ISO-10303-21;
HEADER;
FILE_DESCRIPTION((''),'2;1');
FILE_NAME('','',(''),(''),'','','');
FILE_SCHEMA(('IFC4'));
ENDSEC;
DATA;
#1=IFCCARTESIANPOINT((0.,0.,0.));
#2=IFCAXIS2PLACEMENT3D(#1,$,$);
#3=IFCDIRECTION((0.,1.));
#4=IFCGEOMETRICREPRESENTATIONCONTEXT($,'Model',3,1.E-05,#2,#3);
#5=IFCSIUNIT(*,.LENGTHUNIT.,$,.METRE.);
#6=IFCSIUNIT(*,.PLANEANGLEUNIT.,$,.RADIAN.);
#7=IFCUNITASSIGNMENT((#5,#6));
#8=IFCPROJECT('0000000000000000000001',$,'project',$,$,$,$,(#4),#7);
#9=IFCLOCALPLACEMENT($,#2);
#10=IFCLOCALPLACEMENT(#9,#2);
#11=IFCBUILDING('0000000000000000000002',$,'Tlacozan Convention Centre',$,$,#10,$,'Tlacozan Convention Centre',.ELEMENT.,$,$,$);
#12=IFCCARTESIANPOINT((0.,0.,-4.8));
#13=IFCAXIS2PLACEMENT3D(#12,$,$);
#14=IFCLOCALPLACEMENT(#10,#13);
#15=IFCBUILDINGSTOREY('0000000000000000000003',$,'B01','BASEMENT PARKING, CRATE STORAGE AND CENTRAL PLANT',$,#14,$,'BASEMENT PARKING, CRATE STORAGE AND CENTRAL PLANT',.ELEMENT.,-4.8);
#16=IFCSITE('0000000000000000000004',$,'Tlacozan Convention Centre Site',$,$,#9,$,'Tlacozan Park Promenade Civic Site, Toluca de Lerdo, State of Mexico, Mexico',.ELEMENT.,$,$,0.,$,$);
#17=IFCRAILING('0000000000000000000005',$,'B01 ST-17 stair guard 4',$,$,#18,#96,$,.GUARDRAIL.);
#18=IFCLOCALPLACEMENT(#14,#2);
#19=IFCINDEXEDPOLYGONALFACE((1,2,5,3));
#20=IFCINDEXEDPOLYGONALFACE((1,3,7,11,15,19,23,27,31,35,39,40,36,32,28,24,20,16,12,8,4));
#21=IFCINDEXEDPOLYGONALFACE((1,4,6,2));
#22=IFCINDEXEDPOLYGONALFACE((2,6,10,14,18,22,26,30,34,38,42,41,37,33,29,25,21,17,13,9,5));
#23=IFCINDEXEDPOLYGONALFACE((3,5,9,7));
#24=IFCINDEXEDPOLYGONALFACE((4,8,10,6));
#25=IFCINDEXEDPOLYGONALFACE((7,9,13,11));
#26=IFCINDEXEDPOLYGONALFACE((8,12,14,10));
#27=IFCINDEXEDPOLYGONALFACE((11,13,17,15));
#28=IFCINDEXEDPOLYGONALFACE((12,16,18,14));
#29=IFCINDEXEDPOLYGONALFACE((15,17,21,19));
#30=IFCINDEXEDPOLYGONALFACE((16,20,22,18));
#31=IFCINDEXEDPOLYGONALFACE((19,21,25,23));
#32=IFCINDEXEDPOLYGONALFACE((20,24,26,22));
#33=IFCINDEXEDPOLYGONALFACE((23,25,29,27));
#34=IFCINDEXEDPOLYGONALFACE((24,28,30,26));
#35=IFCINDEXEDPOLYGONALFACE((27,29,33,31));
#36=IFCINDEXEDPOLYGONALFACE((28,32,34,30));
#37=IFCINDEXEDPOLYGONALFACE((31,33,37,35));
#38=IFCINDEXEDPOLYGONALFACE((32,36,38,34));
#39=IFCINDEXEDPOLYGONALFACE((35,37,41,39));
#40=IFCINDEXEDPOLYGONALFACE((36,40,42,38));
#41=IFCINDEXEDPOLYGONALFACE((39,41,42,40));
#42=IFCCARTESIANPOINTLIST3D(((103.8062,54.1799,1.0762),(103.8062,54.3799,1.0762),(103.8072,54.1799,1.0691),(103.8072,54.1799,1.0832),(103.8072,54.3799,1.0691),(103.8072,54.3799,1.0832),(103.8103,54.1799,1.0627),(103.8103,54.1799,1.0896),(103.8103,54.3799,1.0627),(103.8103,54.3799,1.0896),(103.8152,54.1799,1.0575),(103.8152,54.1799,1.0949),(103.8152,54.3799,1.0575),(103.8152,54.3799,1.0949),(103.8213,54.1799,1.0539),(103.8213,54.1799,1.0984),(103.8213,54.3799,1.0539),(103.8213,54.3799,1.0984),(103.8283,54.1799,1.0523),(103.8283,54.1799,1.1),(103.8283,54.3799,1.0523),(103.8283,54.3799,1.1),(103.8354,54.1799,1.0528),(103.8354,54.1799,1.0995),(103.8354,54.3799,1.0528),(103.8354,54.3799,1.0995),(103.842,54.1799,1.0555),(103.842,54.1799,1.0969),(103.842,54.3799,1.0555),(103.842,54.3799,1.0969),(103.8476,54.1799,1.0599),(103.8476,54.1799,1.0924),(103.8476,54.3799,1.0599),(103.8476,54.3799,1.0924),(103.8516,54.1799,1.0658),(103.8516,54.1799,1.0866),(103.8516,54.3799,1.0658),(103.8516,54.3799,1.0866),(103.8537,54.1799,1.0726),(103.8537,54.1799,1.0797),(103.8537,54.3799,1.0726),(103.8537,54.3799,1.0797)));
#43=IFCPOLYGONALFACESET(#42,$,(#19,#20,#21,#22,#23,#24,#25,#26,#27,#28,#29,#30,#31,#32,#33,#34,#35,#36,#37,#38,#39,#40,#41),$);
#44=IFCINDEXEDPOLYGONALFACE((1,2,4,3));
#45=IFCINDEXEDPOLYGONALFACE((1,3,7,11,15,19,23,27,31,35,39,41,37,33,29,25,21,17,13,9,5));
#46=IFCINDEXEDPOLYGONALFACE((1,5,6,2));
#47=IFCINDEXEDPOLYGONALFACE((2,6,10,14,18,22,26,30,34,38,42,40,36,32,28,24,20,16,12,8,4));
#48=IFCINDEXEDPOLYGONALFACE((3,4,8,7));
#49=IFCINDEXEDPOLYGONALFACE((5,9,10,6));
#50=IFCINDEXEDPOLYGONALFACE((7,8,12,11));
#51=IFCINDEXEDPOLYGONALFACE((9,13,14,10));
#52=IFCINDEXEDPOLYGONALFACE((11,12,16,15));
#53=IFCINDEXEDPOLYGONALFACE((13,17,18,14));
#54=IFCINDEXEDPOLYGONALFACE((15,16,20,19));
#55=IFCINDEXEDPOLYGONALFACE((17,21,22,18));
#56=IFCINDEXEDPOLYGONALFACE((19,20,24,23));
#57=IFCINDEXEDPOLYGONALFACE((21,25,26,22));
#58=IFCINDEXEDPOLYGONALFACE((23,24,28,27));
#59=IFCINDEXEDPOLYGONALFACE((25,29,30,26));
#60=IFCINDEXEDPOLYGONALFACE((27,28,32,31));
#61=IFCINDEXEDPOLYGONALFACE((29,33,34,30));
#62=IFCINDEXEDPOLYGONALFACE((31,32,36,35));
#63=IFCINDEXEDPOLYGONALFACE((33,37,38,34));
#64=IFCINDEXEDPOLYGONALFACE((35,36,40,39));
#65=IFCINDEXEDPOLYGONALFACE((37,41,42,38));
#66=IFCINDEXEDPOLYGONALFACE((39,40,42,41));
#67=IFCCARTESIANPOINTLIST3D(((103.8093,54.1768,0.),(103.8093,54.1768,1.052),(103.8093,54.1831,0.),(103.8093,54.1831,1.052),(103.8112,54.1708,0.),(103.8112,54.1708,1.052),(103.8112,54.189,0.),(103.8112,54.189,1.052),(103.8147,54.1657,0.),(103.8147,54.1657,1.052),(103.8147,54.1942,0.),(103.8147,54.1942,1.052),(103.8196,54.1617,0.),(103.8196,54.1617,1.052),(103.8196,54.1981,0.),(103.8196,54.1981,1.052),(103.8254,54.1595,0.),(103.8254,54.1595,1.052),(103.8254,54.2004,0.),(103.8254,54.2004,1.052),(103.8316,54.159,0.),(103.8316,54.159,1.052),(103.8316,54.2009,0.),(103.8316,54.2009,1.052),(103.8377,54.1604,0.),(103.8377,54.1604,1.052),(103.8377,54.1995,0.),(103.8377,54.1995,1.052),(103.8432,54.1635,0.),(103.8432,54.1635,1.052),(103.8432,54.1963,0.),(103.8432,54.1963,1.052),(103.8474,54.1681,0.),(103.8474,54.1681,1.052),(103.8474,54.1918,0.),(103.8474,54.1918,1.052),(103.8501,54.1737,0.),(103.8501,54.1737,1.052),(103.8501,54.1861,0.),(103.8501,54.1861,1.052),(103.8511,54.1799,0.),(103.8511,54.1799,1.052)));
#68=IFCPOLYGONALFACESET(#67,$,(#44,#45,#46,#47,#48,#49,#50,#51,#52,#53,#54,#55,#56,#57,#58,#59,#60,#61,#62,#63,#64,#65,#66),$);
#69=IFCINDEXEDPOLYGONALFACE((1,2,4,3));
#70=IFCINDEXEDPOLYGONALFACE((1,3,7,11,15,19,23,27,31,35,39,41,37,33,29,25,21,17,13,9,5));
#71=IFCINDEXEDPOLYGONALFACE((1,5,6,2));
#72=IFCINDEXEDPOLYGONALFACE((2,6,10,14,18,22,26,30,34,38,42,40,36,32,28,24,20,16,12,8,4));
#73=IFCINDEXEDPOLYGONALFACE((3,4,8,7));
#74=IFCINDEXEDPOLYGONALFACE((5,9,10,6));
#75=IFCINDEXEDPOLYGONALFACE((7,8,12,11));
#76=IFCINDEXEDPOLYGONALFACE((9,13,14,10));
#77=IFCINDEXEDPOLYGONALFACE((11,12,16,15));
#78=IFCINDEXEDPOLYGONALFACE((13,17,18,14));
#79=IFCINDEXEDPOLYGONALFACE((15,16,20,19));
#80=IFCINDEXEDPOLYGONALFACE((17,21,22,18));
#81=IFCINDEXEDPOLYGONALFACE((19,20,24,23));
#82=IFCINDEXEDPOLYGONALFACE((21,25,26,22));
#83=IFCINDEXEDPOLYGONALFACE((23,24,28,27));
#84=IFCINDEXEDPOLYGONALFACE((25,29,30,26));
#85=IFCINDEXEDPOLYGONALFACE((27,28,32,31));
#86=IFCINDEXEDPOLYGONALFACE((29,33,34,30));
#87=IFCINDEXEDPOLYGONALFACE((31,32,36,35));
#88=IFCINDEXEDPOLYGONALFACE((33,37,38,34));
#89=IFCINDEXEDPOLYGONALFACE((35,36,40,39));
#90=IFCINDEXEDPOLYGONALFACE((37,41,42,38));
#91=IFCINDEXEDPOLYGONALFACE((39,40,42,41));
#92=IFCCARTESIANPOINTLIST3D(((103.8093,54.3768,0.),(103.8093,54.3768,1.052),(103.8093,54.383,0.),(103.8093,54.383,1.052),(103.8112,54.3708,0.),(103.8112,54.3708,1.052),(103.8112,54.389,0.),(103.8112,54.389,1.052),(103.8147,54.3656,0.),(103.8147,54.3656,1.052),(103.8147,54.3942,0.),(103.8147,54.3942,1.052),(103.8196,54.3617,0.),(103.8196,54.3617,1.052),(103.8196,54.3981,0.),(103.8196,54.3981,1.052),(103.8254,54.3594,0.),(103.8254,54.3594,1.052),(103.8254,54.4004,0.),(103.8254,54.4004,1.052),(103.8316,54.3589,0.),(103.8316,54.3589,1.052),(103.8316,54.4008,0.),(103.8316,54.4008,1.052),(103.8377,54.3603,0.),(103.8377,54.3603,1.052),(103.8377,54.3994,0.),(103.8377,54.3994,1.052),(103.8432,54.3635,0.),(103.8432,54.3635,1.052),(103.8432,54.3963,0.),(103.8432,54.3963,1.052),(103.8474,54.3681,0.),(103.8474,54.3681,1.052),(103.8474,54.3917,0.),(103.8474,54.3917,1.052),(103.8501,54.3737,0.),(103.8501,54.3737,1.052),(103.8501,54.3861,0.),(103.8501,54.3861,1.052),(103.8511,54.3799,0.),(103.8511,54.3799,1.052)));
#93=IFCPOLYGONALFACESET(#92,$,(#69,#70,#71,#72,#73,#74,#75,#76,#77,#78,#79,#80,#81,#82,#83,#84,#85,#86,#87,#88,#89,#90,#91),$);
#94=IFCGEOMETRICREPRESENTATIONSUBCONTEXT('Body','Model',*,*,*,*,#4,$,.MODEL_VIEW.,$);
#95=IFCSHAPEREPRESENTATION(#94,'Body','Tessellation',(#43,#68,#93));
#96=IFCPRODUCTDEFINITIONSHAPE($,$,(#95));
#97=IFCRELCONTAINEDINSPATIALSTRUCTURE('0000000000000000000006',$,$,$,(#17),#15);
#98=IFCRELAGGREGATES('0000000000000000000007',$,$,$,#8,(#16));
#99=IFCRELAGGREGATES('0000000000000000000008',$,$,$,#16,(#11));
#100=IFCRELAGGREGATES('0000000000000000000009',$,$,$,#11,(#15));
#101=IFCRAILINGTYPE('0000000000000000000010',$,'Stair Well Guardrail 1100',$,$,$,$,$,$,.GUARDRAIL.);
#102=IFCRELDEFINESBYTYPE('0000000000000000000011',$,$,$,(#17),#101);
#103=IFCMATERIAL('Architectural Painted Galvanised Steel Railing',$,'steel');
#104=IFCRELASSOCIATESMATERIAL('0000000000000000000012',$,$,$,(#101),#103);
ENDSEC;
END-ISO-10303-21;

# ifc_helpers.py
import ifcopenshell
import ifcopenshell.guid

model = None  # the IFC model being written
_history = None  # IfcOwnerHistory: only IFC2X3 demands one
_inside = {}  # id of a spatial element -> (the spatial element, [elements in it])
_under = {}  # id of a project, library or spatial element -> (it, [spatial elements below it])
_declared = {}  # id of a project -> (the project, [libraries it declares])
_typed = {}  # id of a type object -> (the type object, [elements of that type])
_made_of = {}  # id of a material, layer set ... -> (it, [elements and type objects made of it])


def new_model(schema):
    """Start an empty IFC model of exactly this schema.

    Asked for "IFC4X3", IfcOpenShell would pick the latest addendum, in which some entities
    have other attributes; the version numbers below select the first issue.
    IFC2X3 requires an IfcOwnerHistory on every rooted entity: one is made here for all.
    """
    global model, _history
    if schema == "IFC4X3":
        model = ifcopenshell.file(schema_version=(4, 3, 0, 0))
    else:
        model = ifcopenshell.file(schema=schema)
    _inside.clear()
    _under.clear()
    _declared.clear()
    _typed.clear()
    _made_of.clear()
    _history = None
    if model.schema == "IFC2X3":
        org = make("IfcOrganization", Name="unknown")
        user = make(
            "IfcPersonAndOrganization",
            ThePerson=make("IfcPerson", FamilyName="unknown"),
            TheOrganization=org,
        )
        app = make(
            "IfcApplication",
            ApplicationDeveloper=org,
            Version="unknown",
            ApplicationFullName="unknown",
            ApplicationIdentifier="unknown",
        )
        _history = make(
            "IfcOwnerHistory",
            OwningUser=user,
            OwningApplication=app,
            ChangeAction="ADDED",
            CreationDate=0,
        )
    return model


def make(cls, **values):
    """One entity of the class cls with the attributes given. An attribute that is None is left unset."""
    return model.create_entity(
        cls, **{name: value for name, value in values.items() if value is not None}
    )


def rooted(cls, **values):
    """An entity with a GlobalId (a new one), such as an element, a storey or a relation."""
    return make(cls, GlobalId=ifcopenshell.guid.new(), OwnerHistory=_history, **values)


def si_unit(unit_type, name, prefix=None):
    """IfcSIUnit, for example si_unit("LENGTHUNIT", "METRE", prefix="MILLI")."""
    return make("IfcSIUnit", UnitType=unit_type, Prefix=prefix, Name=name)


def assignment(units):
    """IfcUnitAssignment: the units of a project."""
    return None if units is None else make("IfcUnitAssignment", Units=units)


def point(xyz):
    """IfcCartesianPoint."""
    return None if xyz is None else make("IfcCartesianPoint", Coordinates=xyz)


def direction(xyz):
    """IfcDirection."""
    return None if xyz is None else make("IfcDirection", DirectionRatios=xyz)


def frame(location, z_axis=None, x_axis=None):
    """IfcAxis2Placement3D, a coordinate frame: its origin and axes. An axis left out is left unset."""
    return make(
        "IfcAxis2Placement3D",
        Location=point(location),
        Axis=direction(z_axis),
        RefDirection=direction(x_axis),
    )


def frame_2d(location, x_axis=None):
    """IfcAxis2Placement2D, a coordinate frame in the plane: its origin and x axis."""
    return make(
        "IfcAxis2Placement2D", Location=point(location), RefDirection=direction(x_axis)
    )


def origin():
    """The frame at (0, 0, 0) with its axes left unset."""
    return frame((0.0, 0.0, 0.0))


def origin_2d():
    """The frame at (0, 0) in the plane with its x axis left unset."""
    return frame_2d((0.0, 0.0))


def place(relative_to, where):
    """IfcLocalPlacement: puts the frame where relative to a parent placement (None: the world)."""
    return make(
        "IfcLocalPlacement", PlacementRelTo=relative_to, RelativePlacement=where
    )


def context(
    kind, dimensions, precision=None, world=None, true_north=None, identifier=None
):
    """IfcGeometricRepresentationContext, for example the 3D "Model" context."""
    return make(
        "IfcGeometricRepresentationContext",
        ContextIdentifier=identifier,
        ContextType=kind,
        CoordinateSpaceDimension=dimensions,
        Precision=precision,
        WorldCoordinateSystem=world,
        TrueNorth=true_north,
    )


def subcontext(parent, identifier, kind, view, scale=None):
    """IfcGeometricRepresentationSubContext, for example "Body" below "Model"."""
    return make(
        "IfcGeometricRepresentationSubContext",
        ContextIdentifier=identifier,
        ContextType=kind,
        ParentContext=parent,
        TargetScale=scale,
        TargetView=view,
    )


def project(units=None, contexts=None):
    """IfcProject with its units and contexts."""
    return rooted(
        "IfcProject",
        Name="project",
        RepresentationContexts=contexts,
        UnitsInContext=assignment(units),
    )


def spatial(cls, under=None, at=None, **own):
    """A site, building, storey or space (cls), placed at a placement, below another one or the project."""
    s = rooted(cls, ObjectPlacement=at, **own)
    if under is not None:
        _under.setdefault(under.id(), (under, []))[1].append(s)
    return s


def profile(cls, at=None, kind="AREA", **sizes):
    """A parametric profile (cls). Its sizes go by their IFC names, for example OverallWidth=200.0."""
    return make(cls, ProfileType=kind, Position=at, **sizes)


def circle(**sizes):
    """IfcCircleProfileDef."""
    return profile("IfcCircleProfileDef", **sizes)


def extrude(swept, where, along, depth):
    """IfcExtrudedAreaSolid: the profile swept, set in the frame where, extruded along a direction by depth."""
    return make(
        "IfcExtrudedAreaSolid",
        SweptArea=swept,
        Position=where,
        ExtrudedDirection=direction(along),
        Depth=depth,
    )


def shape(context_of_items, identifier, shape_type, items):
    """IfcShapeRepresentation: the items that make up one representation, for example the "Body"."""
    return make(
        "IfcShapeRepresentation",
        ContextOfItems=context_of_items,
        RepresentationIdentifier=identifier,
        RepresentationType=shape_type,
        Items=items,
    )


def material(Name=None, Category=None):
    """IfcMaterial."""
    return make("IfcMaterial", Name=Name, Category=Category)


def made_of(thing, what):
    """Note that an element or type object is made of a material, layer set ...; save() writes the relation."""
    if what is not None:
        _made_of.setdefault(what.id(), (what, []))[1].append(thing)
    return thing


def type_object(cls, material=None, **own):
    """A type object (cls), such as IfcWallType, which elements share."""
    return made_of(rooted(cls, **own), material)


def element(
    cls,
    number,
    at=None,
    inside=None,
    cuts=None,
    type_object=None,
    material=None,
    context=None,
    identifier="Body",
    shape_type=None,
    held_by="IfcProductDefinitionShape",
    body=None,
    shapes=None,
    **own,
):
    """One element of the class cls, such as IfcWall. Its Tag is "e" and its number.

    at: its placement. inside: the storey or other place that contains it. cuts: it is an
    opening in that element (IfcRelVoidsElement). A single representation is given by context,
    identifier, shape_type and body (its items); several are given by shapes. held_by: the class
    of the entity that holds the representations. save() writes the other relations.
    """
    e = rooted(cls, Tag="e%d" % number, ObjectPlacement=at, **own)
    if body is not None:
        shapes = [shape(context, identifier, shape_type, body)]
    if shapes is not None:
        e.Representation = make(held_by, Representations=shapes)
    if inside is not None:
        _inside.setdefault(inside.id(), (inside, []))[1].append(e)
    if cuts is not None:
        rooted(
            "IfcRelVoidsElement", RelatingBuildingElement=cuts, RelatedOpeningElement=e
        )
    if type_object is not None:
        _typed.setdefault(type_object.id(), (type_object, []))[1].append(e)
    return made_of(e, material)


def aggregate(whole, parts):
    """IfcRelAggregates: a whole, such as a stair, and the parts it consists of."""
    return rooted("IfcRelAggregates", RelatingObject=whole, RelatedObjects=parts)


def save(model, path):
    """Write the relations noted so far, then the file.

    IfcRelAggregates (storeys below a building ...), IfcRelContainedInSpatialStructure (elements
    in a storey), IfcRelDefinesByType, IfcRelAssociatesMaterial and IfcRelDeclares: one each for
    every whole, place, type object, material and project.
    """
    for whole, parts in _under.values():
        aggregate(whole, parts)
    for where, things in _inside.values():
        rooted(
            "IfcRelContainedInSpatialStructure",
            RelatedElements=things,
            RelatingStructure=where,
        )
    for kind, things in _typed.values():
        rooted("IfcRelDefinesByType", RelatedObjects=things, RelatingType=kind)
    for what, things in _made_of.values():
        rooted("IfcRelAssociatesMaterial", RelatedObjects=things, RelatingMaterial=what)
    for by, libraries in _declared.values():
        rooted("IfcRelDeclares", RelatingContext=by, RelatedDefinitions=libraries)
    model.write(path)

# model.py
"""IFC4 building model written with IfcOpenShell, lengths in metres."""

from ifc_helpers import new_model, si_unit, direction, frame, origin, origin_2d, place, context, subcontext, project, spatial, circle, extrude, material, type_object, element, save


model = new_model("IFC4")

# Units and contexts
model_context = context("Model", 3, precision=1e-05, world=origin(), true_north=direction((0.0, 1.0)))
body_context = subcontext(model_context, "Body", "Model", "MODEL_VIEW")
ifc_project = project(units=[si_unit("LENGTHUNIT", "METRE"), si_unit("PLANEANGLEUNIT", "RADIAN")], contexts=[model_context])

# Site, building, storey
site_placement = place(None, origin())
site = spatial("IfcSite", under=ifc_project, at=site_placement, Name="Tlacozan Convention Centre Site", LongName="Tlacozan Park Promenade Civic Site, Toluca de Lerdo, State of Mexico, Mexico", CompositionType="ELEMENT", RefElevation=0.0)
building_placement = place(site_placement, origin())
building = spatial("IfcBuilding", under=site, at=building_placement, Name="Tlacozan Convention Centre", LongName="Tlacozan Convention Centre", CompositionType="ELEMENT")
storey_placement = place(building_placement, frame((0.0, 0.0, -4.8)))
storey = spatial("IfcBuildingStorey", under=building, at=storey_placement, Name="B01", Description="BASEMENT PARKING, CRATE STORAGE AND CENTRAL PLANT", LongName="BASEMENT PARKING, CRATE STORAGE AND CENTRAL PLANT", CompositionType="ELEMENT", Elevation=-4.8)

# Railing
ifc_material_1 = material(Name="Architectural Painted Galvanised Steel Railing", Category="steel")
railing_type_1 = type_object("IfcRailingType", Name="Stair Well Guardrail 1100", PredefinedType="GUARDRAIL", material=ifc_material_1)
railing_1_placement = place(storey_placement, frame((103.8301, 54.1799, 0.0)))
element("IfcRailing", 1, at=railing_1_placement, inside=storey, type_object=railing_type_1, Name="B01 ST-17 stair guard 4", PredefinedType="GUARDRAIL", context=body_context, shape_type="SweptSolid", body=[
    extrude(circle(Radius=0.0239, at=origin_2d()), frame((0.0, 0.0, 1.0762), z_axis=(0.0, 1.0, 0.0), x_axis=(-1.0, 0.0, 0.0)), (0.0, 0.0, 1.0), 0.2),
    extrude(circle(Radius=0.021, at=origin_2d()), origin(), (0.0, 0.0, 1.0), 1.052),
    extrude(circle(Radius=0.021, at=origin_2d()), frame((0.0, 0.2, 0.0)), (0.0, 0.0, 1.0), 1.052),
])

save(model, "model.ifc")
